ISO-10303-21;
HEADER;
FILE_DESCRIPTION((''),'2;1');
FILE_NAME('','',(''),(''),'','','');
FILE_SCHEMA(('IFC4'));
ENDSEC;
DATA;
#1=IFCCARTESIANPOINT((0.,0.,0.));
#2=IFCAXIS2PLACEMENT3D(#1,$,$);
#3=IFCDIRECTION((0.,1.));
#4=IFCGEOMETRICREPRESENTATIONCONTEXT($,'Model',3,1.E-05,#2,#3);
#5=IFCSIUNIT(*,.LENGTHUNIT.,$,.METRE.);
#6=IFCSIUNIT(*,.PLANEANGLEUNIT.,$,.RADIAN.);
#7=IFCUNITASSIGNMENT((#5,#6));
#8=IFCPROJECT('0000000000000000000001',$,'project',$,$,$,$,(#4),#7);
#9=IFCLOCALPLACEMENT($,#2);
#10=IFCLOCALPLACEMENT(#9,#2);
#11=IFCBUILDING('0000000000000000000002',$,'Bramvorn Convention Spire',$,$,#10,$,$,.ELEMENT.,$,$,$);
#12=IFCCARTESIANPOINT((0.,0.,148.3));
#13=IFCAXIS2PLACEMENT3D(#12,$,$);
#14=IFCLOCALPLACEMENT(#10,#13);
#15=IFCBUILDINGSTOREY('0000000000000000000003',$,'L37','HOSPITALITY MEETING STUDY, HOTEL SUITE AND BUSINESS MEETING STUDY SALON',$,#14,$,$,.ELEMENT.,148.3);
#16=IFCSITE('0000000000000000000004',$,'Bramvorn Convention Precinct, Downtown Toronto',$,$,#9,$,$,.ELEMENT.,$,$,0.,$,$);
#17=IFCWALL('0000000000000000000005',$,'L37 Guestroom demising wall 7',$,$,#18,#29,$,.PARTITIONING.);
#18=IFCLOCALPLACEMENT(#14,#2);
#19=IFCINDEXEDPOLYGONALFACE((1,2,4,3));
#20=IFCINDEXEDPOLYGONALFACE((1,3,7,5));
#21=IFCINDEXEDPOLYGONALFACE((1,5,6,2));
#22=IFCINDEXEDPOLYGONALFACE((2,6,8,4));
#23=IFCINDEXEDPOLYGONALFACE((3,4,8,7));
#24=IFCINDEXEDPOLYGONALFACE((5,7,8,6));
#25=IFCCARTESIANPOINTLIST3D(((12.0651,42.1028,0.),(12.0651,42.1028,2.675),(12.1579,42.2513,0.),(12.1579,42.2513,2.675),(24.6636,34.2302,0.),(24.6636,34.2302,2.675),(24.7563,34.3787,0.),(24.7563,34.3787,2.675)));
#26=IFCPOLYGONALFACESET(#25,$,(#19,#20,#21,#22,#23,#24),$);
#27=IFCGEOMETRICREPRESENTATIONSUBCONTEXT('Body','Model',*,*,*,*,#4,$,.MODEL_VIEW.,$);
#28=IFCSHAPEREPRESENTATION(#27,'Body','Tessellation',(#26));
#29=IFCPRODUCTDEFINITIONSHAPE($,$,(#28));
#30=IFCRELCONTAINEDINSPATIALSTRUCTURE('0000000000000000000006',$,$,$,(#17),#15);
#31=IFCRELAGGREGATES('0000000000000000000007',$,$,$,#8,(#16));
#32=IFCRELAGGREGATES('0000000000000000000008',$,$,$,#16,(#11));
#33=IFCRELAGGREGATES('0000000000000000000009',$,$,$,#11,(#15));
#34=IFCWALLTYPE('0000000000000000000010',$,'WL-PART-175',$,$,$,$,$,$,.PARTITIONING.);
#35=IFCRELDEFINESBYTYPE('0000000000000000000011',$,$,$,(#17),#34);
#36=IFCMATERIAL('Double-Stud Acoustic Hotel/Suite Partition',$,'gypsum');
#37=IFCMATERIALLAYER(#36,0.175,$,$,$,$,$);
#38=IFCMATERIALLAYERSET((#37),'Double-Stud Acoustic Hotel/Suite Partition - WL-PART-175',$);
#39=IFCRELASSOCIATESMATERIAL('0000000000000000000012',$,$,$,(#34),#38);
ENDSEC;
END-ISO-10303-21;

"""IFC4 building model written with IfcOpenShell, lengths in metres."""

from ifc_helpers import new_model, si_unit, direction, frame, frame_2d, origin, place, context, subcontext, project, spatial, rectangle, extrude, material, layer, layer_set, type_object, element, save


model = new_model("IFC4")

# Units and contexts
model_context = context("Model", 3, precision=1e-05, world=origin(), true_north=direction((0.0, 1.0)))
body_context = subcontext(model_context, "Body", "Model", "MODEL_VIEW")
ifc_project = project(units=[si_unit("LENGTHUNIT", "METRE"), si_unit("PLANEANGLEUNIT", "RADIAN")], contexts=[model_context])

# Site, building, storey
site_placement = place(None, origin())
site = spatial("IfcSite", under=ifc_project, at=site_placement, Name="Bramvorn Convention Precinct, Downtown Toronto", CompositionType="ELEMENT", RefElevation=0.0)
building_placement = place(site_placement, origin())
building = spatial("IfcBuilding", under=site, at=building_placement, Name="Bramvorn Convention Spire", CompositionType="ELEMENT")
storey_placement = place(building_placement, frame((0.0, 0.0, 148.3)))
storey = spatial("IfcBuildingStorey", under=building, at=storey_placement, Name="L37", Description="HOSPITALITY MEETING STUDY, HOTEL SUITE AND BUSINESS MEETING STUDY SALON", CompositionType="ELEMENT", Elevation=148.3)

# Wall
ifc_material_1 = material(Name="Double-Stud Acoustic Hotel/Suite Partition", Category="gypsum")
ifc_layer_1 = layer(ifc_material_1, 0.175)
ifc_layer_set_1 = layer_set([ifc_layer_1], Name="Double-Stud Acoustic Hotel/Suite Partition - WL-PART-175")
wall_type_1 = type_object("IfcWallType", Name="WL-PART-175", PredefinedType="PARTITIONING", material=ifc_layer_set_1)
wall_1_placement = place(storey_placement, frame((24.71, 34.3044, 0.0), z_axis=(0.0, 0.0, 1.0), x_axis=(-0.848042, 0.52993, 0.0)))
element("IfcWall", 1, at=wall_1_placement, inside=storey, type_object=wall_type_1, Name="L37 Guestroom demising wall 7", PredefinedType="PARTITIONING", context=body_context, shape_type="SweptSolid", body=[
    extrude(rectangle(XDim=14.856, YDim=0.175, at=frame_2d((7.428, 0.0))), origin(), (0.0, 0.0, 1.0), 2.675),
])

save(model, "model.ifc")
